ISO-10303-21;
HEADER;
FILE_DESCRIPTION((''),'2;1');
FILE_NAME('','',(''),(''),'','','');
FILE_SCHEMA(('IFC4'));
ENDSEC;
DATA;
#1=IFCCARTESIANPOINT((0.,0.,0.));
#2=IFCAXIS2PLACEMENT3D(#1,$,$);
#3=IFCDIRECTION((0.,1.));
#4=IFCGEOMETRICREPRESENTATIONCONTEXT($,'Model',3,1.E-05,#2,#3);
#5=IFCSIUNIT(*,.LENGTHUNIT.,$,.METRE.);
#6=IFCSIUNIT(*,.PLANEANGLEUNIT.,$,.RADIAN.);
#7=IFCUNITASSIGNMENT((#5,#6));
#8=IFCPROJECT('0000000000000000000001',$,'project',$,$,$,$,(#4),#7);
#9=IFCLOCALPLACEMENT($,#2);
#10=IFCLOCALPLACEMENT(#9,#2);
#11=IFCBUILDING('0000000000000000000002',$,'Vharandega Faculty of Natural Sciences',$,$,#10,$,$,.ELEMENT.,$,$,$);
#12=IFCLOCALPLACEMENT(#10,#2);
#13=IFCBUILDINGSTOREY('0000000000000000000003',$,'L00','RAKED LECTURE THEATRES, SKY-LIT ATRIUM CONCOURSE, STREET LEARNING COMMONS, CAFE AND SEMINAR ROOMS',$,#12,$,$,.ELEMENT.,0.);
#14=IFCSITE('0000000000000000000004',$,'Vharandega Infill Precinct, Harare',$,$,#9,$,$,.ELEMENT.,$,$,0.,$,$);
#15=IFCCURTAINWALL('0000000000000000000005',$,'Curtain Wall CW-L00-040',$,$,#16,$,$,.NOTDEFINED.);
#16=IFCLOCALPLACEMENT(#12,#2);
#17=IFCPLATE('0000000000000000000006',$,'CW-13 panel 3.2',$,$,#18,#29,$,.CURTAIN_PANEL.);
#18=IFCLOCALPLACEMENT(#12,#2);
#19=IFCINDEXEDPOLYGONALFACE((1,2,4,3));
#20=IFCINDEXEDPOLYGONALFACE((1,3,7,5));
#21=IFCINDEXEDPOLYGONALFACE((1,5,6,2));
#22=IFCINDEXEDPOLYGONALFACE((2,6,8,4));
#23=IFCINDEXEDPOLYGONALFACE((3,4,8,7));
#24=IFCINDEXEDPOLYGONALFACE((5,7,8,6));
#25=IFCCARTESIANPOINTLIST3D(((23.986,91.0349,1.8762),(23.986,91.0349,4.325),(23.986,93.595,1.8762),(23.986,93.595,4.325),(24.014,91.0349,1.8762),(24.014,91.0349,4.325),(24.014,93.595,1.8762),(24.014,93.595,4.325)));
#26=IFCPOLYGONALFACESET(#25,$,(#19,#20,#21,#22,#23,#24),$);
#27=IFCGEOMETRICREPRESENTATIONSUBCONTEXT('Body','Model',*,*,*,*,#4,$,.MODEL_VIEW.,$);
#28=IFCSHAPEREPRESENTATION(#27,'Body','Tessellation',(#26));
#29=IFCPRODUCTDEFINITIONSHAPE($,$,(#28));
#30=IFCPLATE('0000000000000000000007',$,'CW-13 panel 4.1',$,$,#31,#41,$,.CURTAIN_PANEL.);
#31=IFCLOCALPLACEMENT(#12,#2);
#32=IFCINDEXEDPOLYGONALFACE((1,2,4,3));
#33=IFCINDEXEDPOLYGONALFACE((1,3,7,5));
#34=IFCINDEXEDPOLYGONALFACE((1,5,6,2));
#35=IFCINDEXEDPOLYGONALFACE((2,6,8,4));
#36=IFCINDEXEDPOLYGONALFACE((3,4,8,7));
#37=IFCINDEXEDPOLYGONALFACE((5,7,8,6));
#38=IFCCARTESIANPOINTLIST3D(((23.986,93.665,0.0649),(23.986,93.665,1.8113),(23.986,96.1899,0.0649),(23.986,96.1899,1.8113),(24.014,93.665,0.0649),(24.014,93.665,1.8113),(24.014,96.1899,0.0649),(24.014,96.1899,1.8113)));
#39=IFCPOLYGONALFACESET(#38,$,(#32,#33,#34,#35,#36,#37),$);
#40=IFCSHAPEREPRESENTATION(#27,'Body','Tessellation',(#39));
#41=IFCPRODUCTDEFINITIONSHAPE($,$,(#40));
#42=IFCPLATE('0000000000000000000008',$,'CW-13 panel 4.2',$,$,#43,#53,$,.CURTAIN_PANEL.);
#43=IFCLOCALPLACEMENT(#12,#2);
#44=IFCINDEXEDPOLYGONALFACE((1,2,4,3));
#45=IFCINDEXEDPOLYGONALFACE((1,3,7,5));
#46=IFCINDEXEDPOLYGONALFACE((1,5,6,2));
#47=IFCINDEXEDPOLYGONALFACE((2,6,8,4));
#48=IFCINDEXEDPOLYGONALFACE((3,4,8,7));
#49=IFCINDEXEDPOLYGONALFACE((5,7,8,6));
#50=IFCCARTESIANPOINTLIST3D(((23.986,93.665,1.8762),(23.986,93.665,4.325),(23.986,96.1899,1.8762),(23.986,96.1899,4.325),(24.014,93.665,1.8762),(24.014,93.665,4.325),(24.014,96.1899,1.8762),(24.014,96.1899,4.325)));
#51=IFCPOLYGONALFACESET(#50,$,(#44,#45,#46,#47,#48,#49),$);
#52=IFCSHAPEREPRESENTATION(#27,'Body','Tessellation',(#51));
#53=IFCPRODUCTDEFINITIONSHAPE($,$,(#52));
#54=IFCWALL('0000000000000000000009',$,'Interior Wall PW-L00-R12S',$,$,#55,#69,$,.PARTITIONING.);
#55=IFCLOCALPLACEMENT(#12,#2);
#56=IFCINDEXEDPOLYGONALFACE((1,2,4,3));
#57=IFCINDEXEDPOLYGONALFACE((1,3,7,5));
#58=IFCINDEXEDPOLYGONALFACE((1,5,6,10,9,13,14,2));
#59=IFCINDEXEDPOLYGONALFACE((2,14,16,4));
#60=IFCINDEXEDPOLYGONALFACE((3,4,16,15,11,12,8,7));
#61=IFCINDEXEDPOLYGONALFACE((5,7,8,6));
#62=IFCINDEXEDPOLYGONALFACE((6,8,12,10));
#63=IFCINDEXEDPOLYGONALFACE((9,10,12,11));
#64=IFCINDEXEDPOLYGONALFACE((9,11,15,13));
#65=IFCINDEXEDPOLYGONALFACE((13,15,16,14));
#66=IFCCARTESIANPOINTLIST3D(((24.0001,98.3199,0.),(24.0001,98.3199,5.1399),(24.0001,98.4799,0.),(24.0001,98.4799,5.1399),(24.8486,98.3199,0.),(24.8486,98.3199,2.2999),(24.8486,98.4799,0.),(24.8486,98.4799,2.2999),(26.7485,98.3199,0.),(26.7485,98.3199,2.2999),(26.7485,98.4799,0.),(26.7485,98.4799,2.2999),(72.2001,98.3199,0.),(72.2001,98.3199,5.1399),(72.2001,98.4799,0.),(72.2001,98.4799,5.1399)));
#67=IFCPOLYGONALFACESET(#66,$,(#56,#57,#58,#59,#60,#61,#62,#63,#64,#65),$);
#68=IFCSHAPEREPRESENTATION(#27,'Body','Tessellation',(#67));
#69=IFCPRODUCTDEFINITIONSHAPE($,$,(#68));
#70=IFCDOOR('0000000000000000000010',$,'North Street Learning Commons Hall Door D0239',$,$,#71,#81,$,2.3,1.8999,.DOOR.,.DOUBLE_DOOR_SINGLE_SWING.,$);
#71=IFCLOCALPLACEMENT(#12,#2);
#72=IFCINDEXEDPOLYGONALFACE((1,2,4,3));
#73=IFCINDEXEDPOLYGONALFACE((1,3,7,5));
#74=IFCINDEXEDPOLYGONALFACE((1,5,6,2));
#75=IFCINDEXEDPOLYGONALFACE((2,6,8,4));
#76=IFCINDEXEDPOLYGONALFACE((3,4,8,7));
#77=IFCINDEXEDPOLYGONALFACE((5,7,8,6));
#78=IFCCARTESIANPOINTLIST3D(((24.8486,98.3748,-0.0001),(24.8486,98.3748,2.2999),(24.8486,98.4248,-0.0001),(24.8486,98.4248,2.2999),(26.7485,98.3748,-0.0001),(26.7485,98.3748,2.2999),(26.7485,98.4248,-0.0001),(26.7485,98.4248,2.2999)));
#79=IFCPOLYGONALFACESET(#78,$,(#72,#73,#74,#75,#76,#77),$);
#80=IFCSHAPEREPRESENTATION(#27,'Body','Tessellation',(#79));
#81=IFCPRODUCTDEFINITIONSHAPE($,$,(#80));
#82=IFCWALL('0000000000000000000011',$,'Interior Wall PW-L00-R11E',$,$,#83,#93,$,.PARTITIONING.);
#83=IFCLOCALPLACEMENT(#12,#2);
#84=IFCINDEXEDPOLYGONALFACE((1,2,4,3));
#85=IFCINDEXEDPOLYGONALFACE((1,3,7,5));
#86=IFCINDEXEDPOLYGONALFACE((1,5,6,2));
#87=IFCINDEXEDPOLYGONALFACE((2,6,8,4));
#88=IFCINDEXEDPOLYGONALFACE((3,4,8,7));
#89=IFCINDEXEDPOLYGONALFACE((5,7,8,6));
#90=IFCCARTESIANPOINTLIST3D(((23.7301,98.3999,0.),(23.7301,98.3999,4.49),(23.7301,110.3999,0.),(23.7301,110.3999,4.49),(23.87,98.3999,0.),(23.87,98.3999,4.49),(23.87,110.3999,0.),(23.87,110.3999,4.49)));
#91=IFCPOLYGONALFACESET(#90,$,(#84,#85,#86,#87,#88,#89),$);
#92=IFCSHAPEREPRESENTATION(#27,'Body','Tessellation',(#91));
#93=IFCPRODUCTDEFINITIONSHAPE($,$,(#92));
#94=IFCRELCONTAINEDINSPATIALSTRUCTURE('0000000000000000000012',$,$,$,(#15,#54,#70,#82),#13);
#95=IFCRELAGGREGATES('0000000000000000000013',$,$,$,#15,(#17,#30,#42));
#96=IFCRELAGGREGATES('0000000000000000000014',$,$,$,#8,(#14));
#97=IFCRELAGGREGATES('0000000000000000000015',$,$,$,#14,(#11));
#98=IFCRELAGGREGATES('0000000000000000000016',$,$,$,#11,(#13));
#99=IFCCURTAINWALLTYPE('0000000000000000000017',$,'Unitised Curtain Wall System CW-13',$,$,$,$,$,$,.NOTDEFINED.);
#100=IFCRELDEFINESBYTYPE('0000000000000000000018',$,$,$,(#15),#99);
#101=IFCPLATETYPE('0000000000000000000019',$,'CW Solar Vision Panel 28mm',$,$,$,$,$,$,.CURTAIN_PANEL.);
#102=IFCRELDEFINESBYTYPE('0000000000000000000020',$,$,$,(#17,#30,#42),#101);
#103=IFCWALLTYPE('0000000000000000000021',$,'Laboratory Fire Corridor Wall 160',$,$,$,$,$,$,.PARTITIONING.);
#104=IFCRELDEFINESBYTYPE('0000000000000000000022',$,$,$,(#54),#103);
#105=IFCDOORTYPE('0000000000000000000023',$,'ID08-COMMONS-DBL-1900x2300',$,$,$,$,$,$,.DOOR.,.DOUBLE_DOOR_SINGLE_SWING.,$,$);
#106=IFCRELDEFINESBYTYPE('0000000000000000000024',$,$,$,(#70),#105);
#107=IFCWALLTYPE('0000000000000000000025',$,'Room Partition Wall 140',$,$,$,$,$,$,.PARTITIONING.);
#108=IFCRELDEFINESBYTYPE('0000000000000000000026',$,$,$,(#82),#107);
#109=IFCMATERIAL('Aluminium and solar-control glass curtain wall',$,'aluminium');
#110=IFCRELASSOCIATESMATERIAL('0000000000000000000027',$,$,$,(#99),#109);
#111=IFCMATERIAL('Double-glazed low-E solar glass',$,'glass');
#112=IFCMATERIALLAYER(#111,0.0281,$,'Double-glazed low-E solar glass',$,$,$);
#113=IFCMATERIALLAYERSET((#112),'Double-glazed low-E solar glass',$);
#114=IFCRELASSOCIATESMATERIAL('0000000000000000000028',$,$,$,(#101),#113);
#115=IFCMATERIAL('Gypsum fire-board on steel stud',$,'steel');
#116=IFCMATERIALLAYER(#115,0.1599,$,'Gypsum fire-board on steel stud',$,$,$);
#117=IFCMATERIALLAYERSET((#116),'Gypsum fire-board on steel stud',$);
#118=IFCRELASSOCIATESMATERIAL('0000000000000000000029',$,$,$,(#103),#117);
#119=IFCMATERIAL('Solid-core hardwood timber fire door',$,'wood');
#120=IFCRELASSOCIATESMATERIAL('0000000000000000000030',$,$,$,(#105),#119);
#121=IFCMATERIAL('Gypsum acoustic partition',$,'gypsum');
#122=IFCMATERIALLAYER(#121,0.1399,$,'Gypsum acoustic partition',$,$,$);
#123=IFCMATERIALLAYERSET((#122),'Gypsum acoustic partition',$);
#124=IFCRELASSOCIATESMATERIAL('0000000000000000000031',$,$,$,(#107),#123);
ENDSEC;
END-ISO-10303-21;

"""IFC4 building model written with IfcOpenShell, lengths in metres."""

from ifc_helpers import new_model, si_unit, direction, frame, frame_2d, origin, origin_2d, place, context, subcontext, project, spatial, rectangle, extrude, material, layer, layer_set, type_object, element, fill, aggregate, save


model = new_model("IFC4")

# Units and contexts
model_context = context("Model", 3, precision=1e-05, world=origin(), true_north=direction((0.0, 1.0)))
body_context = subcontext(model_context, "Body", "Model", "MODEL_VIEW")
ifc_project = project(units=[si_unit("LENGTHUNIT", "METRE"), si_unit("PLANEANGLEUNIT", "RADIAN")], contexts=[model_context])

# Site, building, storey
site_placement = place(None, origin())
site = spatial("IfcSite", under=ifc_project, at=site_placement, Name="Vharandega Infill Precinct, Harare", CompositionType="ELEMENT", RefElevation=0.0)
building_placement = place(site_placement, origin())
building = spatial("IfcBuilding", under=site, at=building_placement, Name="Vharandega Faculty of Natural Sciences", CompositionType="ELEMENT")
storey_placement = place(building_placement, origin())
storey = spatial("IfcBuildingStorey", under=building, at=storey_placement, Name="L00", Description="RAKED LECTURE THEATRES, SKY-LIT ATRIUM CONCOURSE, STREET LEARNING COMMONS, CAFE AND SEMINAR ROOMS", CompositionType="ELEMENT", Elevation=0.0)

# Curtain wall
ifc_material_1 = material(Name="Aluminium and solar-control glass curtain wall", Category="aluminium")
curtain_wall_type = type_object("IfcCurtainWallType", Name="Unitised Curtain Wall System CW-13", PredefinedType="NOTDEFINED", material=ifc_material_1)
curtain_wall_placement = place(storey_placement, origin())
curtain_wall = element("IfcCurtainWall", 1, at=curtain_wall_placement, inside=storey, type_object=curtain_wall_type, Name="Curtain Wall CW-L00-040", PredefinedType="NOTDEFINED")

# Plates
ifc_material_2 = material(Name="Double-glazed low-E solar glass", Category="glass")
ifc_layer_1 = layer(ifc_material_2, 0.0281, Name="Double-glazed low-E solar glass")
ifc_layer_set_1 = layer_set([ifc_layer_1], Name="Double-glazed low-E solar glass")
plate_type = type_object("IfcPlateType", Name="CW Solar Vision Panel 28mm", PredefinedType="CURTAIN_PANEL", material=ifc_layer_set_1)
plate_1_placement = place(storey_placement, frame((24.0, 92.3149, 1.8762), z_axis=(0.0, 0.0, 1.0), x_axis=(0.0, 1.0, 0.0)))
plate_1 = element("IfcPlate", 2, at=plate_1_placement, type_object=plate_type, Name="CW-13 panel 3.2", PredefinedType="CURTAIN_PANEL", context=body_context, shape_type="SweptSolid", body=[
    extrude(rectangle(XDim=2.5601, YDim=0.0281, at=origin_2d()), origin(), (0.0, 0.0, 1.0), 2.4487),
])
plate_2_placement = place(storey_placement, frame((24.0, 94.9275, 0.0649), z_axis=(0.0, 0.0, 1.0), x_axis=(0.0, 1.0, 0.0)))
plate_2 = element("IfcPlate", 3, at=plate_2_placement, type_object=plate_type, Name="CW-13 panel 4.1", PredefinedType="CURTAIN_PANEL", context=body_context, shape_type="SweptSolid", body=[
    extrude(rectangle(XDim=2.5249, YDim=0.0281, at=origin_2d()), origin(), (0.0, 0.0, 1.0), 1.7463),
])
plate_3_placement = place(storey_placement, frame((24.0, 94.9275, 1.8762), z_axis=(0.0, 0.0, 1.0), x_axis=(0.0, 1.0, 0.0)))
plate_3 = element("IfcPlate", 4, at=plate_3_placement, type_object=plate_type, Name="CW-13 panel 4.2", PredefinedType="CURTAIN_PANEL", context=body_context, shape_type="SweptSolid", body=[
    extrude(rectangle(XDim=2.5249, YDim=0.0281, at=origin_2d()), origin(), (0.0, 0.0, 1.0), 2.4487),
])
aggregate(curtain_wall, [plate_1, plate_2, plate_3])

# Wall, opening, door
ifc_material_3 = material(Name="Gypsum fire-board on steel stud", Category="steel")
ifc_layer_2 = layer(ifc_material_3, 0.1599, Name="Gypsum fire-board on steel stud")
ifc_layer_set_2 = layer_set([ifc_layer_2], Name="Gypsum fire-board on steel stud")
wall_type_1 = type_object("IfcWallType", Name="Laboratory Fire Corridor Wall 160", PredefinedType="PARTITIONING", material=ifc_layer_set_2)
wall_1_placement = place(storey_placement, frame((24.0, 98.3999, 0.0), z_axis=(0.0, 0.0, 1.0), x_axis=(1.0, 0.0, 0.0)))
wall_1 = element("IfcWall", 5, at=wall_1_placement, inside=storey, type_object=wall_type_1, Name="Interior Wall PW-L00-R12S", PredefinedType="PARTITIONING", context=body_context, shape_type="SweptSolid", body=[
    extrude(rectangle(XDim=48.2, YDim=0.1599, at=frame_2d((24.1001, 0.0))), origin(), (0.0, 0.0, 1.0), 5.1399),
])
opening_1_placement = place(wall_1_placement, frame((0.8486, 0.0, 0.0)))
opening_1 = element("IfcOpeningElement", 6, at=opening_1_placement, cuts=wall_1, PredefinedType="OPENING", context=body_context, shape_type="SweptSolid", body=[
    extrude(rectangle(XDim=1.8999, YDim=2.3, at=frame_2d((0.95, 1.1499))), frame((0.0, 0.0898, 0.0), z_axis=(0.0, -1.0, 0.0), x_axis=(1.0, 0.0, 0.0)), (0.0, 0.0, 1.0), 0.1799),
])
ifc_material_4 = material(Name="Solid-core hardwood timber fire door", Category="wood")
door_type_1 = type_object("IfcDoorType", Name="ID08-COMMONS-DBL-1900x2300", OperationType="DOUBLE_DOOR_SINGLE_SWING", PredefinedType="DOOR", material=ifc_material_4)
door_1_placement = place(opening_1_placement, origin())
door_1 = element("IfcDoor", 7, at=door_1_placement, inside=storey, type_object=door_type_1, Name="North Street Learning Commons Hall Door D0239", OperationType="DOUBLE_DOOR_SINGLE_SWING", OverallHeight=2.3, OverallWidth=1.8999, PredefinedType="DOOR", context=body_context, shape_type="SweptSolid", body=[
    extrude(rectangle(XDim=1.8999, YDim=2.3, at=frame_2d((0.95, 1.1499))), frame((0.0, 0.0249, 0.0), z_axis=(0.0, -1.0, 0.0), x_axis=(1.0, 0.0, 0.0)), (0.0, 0.0, 1.0), 0.05),
])
fill(opening_1, door_1)

# Wall
ifc_material_5 = material(Name="Gypsum acoustic partition", Category="gypsum")
ifc_layer_3 = layer(ifc_material_5, 0.1399, Name="Gypsum acoustic partition")
ifc_layer_set_3 = layer_set([ifc_layer_3], Name="Gypsum acoustic partition")
wall_type_2 = type_object("IfcWallType", Name="Room Partition Wall 140", PredefinedType="PARTITIONING", material=ifc_layer_set_3)
wall_2_placement = place(storey_placement, frame((23.8, 98.3999, 0.0), z_axis=(0.0, 0.0, 1.0), x_axis=(0.0, 1.0, 0.0)))
element("IfcWall", 8, at=wall_2_placement, inside=storey, type_object=wall_type_2, Name="Interior Wall PW-L00-R11E", PredefinedType="PARTITIONING", context=body_context, shape_type="SweptSolid", body=[
    extrude(rectangle(XDim=12.0, YDim=0.1399, at=frame_2d((6.0, 0.0))), origin(), (0.0, 0.0, 1.0), 4.49),
])

save(model, "model.ifc")
